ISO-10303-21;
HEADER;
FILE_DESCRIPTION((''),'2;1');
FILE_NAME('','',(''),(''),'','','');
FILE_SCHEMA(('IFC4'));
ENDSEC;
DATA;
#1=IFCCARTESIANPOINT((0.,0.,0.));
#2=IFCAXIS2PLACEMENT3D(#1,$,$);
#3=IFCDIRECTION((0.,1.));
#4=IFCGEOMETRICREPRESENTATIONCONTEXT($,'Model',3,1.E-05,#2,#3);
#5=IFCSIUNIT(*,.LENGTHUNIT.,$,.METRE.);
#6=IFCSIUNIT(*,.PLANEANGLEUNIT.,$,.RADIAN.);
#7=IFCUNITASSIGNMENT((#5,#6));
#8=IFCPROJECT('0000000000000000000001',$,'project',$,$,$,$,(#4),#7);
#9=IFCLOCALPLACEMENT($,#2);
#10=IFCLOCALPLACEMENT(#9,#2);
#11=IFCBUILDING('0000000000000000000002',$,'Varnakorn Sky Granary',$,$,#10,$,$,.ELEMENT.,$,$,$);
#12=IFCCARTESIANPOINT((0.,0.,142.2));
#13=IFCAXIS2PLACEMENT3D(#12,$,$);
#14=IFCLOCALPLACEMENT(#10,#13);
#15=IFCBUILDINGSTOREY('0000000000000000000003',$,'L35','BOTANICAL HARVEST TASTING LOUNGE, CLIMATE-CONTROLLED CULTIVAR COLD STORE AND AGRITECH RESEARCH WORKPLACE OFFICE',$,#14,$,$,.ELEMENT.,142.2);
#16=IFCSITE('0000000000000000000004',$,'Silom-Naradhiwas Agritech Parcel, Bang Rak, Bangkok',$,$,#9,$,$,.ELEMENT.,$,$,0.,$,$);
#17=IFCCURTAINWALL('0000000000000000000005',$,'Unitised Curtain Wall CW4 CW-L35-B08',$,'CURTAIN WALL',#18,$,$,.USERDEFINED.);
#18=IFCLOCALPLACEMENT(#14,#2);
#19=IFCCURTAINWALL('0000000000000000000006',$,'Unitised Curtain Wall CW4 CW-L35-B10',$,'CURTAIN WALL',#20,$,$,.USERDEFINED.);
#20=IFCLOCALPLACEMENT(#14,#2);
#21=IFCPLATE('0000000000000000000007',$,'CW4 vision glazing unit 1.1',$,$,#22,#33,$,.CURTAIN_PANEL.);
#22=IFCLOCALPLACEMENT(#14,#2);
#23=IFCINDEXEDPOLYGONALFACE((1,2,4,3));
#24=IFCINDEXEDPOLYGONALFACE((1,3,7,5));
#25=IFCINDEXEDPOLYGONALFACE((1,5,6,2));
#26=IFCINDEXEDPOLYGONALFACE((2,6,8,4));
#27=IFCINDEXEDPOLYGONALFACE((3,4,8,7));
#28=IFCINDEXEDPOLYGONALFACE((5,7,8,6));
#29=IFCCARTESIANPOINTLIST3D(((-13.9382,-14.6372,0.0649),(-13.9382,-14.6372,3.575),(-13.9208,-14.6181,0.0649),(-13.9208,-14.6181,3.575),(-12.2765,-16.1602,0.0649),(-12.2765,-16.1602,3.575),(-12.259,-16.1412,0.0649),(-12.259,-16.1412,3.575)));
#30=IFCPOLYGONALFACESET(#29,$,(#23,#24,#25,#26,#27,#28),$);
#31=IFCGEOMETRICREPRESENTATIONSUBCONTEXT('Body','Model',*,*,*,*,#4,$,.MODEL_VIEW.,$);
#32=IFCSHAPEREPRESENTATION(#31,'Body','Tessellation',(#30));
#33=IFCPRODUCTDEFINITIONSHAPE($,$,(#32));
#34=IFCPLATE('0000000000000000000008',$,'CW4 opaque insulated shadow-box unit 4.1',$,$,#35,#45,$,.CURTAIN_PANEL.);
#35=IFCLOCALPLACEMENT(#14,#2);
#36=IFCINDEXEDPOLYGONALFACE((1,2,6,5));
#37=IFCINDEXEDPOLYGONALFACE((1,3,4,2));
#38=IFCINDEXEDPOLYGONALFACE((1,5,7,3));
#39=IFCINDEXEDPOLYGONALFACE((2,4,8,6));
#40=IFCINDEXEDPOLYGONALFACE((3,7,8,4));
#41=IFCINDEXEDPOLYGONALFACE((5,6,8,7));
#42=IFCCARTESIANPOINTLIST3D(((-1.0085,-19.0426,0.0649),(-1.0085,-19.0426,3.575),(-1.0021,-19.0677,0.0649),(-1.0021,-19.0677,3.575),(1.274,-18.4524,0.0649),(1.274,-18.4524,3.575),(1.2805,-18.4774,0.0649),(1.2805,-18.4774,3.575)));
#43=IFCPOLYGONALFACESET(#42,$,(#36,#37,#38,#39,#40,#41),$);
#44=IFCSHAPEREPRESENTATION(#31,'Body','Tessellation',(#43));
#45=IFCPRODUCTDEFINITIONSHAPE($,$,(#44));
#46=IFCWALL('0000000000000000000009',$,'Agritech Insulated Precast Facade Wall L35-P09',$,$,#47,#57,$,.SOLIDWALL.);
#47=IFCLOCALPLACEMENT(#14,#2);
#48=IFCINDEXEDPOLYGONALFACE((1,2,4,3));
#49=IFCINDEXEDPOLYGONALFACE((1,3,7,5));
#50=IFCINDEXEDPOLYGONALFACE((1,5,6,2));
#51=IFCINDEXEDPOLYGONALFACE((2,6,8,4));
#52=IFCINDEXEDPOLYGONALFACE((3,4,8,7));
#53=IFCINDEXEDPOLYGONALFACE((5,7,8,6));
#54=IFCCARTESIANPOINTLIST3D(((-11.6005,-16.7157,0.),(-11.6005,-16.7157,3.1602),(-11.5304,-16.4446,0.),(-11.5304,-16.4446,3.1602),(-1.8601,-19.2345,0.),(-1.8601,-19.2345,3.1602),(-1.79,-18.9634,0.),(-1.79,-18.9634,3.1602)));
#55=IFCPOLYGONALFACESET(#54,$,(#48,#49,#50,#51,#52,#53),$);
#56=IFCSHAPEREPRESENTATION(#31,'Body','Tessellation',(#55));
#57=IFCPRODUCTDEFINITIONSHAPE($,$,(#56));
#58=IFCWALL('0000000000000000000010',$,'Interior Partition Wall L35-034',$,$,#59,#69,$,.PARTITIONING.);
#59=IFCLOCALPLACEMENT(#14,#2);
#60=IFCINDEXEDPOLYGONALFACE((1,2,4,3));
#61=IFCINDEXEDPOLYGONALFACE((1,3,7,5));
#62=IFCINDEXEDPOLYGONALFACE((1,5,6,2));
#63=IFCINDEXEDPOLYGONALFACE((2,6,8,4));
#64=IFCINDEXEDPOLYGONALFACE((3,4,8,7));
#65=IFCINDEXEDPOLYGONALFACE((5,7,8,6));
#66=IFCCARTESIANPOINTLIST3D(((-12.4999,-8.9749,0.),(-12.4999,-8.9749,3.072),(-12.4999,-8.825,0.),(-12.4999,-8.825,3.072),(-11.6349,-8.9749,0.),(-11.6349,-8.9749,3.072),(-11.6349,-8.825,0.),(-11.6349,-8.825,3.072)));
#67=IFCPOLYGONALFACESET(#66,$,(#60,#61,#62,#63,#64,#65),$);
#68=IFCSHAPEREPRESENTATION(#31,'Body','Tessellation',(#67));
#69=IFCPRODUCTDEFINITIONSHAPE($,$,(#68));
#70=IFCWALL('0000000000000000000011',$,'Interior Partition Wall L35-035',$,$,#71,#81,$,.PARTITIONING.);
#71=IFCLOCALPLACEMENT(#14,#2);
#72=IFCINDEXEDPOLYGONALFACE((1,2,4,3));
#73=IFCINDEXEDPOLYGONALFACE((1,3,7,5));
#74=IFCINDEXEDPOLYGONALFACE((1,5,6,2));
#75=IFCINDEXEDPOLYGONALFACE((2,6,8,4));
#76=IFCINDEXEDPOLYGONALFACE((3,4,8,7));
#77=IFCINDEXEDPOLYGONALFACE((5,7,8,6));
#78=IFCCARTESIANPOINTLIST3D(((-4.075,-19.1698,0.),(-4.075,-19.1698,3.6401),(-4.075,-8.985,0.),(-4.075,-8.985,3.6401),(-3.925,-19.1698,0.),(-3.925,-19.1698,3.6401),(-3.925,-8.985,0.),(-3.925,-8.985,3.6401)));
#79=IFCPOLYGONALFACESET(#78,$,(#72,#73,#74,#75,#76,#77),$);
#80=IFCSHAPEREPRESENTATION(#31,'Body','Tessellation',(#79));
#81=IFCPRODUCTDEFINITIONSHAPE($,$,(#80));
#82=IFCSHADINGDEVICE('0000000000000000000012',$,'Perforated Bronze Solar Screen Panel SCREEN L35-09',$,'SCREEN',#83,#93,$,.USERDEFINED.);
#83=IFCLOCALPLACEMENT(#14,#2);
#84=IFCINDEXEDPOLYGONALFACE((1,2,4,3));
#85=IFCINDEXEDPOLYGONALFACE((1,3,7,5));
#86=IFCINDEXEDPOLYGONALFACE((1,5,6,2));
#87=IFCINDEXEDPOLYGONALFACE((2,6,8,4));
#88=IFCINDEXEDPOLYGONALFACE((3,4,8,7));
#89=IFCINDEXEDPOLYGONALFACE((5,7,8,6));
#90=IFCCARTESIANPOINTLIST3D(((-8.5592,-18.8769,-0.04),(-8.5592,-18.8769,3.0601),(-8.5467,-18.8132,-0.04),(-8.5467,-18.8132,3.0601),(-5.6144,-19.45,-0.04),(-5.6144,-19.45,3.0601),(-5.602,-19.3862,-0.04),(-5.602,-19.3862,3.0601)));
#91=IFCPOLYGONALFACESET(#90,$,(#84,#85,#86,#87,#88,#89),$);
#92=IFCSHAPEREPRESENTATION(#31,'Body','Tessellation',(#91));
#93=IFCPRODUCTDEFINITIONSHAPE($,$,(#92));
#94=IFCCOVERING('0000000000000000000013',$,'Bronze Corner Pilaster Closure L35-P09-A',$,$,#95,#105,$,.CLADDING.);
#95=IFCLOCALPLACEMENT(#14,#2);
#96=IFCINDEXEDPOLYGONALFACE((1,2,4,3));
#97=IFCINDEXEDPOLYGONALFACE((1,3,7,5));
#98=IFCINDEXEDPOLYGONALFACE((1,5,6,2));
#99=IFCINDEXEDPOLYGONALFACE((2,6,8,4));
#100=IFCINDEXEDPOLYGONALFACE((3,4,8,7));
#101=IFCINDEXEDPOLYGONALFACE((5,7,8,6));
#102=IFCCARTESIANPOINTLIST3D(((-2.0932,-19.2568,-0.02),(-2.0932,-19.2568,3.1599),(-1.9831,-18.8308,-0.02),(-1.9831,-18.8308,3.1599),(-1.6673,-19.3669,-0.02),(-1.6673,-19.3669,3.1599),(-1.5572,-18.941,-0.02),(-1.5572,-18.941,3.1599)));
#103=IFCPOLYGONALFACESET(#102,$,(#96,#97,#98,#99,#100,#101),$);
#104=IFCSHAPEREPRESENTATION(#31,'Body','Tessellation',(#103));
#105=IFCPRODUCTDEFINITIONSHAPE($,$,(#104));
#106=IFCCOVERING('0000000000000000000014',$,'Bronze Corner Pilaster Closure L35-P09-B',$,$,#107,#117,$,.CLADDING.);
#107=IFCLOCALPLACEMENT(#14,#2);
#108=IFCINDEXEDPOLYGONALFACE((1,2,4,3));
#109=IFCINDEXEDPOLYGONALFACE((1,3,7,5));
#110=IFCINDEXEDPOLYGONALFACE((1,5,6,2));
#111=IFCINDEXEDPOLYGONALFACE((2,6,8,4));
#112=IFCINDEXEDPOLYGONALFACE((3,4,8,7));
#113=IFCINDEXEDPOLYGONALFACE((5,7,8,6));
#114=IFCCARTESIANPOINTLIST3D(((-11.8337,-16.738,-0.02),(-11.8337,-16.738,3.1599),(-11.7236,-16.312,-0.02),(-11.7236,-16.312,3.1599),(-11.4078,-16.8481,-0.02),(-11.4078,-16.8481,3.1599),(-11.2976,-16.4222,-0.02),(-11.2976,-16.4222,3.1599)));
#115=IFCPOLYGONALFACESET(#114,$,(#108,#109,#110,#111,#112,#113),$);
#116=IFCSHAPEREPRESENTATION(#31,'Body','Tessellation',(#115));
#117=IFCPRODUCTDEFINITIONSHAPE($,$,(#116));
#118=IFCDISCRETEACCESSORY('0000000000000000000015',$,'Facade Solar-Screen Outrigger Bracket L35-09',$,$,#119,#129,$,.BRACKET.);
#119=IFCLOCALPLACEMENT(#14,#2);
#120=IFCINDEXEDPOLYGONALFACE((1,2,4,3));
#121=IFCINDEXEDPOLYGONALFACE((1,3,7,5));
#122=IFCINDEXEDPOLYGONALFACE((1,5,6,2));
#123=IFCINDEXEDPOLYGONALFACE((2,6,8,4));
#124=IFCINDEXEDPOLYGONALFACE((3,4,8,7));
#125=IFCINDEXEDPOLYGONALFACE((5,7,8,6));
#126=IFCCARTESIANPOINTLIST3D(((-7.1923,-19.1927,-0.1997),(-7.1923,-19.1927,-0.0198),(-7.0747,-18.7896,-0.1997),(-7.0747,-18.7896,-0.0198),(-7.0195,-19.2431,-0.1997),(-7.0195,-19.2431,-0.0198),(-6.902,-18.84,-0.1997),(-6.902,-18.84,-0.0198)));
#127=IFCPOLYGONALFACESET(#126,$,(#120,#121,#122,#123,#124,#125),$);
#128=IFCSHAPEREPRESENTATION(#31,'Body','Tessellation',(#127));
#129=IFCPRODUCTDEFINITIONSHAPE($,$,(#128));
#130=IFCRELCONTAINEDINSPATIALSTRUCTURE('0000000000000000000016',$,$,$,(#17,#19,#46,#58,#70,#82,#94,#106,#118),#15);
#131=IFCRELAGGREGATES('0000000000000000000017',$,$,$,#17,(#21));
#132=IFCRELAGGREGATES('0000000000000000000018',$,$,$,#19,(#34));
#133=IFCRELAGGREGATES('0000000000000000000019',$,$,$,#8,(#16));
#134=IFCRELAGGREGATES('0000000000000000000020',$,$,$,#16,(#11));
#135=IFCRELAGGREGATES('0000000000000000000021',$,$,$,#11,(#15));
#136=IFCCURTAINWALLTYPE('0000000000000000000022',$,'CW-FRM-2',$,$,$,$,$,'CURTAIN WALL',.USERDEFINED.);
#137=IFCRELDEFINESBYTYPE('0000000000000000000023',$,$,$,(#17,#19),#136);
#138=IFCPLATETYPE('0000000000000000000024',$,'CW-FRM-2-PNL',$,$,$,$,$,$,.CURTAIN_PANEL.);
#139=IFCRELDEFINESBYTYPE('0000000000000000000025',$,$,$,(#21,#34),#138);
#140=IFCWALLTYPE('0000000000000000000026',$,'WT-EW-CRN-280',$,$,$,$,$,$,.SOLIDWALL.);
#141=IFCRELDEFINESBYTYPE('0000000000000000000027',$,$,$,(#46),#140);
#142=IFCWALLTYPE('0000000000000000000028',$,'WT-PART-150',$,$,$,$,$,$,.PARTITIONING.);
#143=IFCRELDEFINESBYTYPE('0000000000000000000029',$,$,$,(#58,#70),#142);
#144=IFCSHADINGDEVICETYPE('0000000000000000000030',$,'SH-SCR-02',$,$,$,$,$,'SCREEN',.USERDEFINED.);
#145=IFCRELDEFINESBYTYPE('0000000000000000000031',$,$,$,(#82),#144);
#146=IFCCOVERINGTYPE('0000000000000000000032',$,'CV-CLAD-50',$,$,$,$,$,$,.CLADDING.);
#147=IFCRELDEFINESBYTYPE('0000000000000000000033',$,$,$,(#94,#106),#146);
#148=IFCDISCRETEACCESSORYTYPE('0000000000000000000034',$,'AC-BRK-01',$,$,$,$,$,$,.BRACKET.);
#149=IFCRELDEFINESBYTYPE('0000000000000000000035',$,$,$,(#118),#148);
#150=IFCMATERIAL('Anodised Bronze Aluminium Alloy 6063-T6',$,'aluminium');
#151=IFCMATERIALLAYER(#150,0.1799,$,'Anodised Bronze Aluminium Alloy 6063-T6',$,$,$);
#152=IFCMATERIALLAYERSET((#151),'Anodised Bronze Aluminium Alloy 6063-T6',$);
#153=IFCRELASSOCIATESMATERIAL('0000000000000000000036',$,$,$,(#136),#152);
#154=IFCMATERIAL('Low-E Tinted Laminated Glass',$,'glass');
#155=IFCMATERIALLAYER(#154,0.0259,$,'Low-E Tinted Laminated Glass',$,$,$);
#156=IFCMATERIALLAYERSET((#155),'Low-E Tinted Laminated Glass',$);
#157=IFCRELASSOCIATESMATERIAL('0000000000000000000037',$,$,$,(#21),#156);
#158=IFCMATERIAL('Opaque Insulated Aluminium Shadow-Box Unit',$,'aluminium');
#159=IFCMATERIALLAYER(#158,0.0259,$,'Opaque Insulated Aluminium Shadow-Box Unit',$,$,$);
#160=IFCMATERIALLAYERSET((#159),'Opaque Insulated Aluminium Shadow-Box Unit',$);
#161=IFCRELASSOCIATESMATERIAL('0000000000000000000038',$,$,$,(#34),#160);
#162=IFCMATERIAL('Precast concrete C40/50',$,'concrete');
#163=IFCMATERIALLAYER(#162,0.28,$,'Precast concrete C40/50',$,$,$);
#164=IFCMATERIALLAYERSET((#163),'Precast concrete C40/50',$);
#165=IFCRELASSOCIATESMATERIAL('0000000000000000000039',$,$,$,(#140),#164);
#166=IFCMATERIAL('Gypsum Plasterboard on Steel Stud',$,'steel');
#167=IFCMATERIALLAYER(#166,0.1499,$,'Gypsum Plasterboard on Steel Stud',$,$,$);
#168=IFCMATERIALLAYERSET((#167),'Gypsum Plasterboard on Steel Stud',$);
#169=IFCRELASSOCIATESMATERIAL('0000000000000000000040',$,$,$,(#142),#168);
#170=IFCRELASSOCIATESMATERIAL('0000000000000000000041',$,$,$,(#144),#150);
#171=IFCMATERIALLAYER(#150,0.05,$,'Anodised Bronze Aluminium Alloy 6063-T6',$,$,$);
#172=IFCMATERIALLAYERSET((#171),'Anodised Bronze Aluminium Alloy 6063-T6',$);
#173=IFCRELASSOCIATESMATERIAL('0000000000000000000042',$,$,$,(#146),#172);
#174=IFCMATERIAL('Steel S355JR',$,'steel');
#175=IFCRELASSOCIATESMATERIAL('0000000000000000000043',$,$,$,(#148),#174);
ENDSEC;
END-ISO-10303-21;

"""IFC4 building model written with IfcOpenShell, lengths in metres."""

from ifc_helpers import new_model, si_unit, direction, frame, frame_2d, origin, origin_2d, place, context, subcontext, project, spatial, rectangle, extrude, source, transform, mapped, material, layer, layer_set, type_object, type_shapes, element, aggregate, save


model = new_model("IFC4")

# Units and contexts
model_context = context("Model", 3, precision=1e-05, world=origin(), true_north=direction((0.0, 1.0)))
body_context = subcontext(model_context, "Body", "Model", "MODEL_VIEW")
ifc_project = project(units=[si_unit("LENGTHUNIT", "METRE"), si_unit("PLANEANGLEUNIT", "RADIAN")], contexts=[model_context])

# Site, building, storey
site_placement = place(None, origin())
site = spatial("IfcSite", under=ifc_project, at=site_placement, Name="Silom-Naradhiwas Agritech Parcel, Bang Rak, Bangkok", CompositionType="ELEMENT", RefElevation=0.0)
building_placement = place(site_placement, origin())
building = spatial("IfcBuilding", under=site, at=building_placement, Name="Varnakorn Sky Granary", CompositionType="ELEMENT")
storey_placement = place(building_placement, frame((0.0, 0.0, 142.2)))
storey = spatial("IfcBuildingStorey", under=building, at=storey_placement, Name="L35", Description="BOTANICAL HARVEST TASTING LOUNGE, CLIMATE-CONTROLLED CULTIVAR COLD STORE AND AGRITECH RESEARCH WORKPLACE OFFICE", CompositionType="ELEMENT", Elevation=142.2)

# Shared definitions
ifc_material_1 = material(Name="Steel S355JR", Category="steel")

# Curtain walls
ifc_material_2 = material(Name="Anodised Bronze Aluminium Alloy 6063-T6", Category="aluminium")
ifc_layer_1 = layer(ifc_material_2, 0.1799, Name="Anodised Bronze Aluminium Alloy 6063-T6")
ifc_layer_set_1 = layer_set([ifc_layer_1], Name="Anodised Bronze Aluminium Alloy 6063-T6")
curtain_wall_type = type_object("IfcCurtainWallType", Name="CW-FRM-2", ElementType="CURTAIN WALL", PredefinedType="USERDEFINED", material=ifc_layer_set_1)
curtain_wall_1_placement = place(storey_placement, origin())
curtain_wall_1 = element("IfcCurtainWall", 1, at=curtain_wall_1_placement, inside=storey, type_object=curtain_wall_type, Name="Unitised Curtain Wall CW4 CW-L35-B08", ObjectType="CURTAIN WALL", PredefinedType="USERDEFINED")
curtain_wall_2_placement = place(storey_placement, origin())
curtain_wall_2 = element("IfcCurtainWall", 2, at=curtain_wall_2_placement, inside=storey, type_object=curtain_wall_type, Name="Unitised Curtain Wall CW4 CW-L35-B10", ObjectType="CURTAIN WALL", PredefinedType="USERDEFINED")

# Plates
ifc_material_3 = material(Name="Low-E Tinted Laminated Glass", Category="glass")
ifc_layer_2 = layer(ifc_material_3, 0.0259, Name="Low-E Tinted Laminated Glass")
ifc_layer_set_2 = layer_set([ifc_layer_2], Name="Low-E Tinted Laminated Glass")
plate_type = type_object("IfcPlateType", Name="CW-FRM-2-PNL", PredefinedType="CURTAIN_PANEL")
shared_shape_1 = source(origin(), body_context, "Body", "SweptSolid", [
    extrude(rectangle(XDim=2.2542, YDim=0.0259, at=origin_2d()), origin(), (0.0, 0.0, 1.0), 3.51),
])
plate_1_placement = place(storey_placement, frame((-13.0986, -15.3892, 0.0649), z_axis=(0.0, 0.0, 1.0), x_axis=(-0.737191, 0.675685, 0.0)))
plate_1 = element("IfcPlate", 3, at=plate_1_placement, type_object=plate_type, material=ifc_layer_set_2, Name="CW4 vision glazing unit 1.1", PredefinedType="CURTAIN_PANEL", context=body_context, shape_type="MappedRepresentation", body=[
    mapped(shared_shape_1, transform((0.0, 0.0, 0.0), x_axis=(1.0, 0.0, 0.0), y_axis=(0.0, 1.0, 0.0), z_axis=(0.0, 0.0, 1.0), scale=1.0)),
])
aggregate(curtain_wall_1, [plate_1])
ifc_material_4 = material(Name="Opaque Insulated Aluminium Shadow-Box Unit", Category="aluminium")
ifc_layer_3 = layer(ifc_material_4, 0.0259, Name="Opaque Insulated Aluminium Shadow-Box Unit")
ifc_layer_set_3 = layer_set([ifc_layer_3], Name="Opaque Insulated Aluminium Shadow-Box Unit")
shared_shape_2 = source(origin(), body_context, "Body", "SweptSolid", [
    extrude(rectangle(XDim=2.3577, YDim=0.0259, at=origin_2d()), origin(), (0.0, 0.0, 1.0), 3.51),
])
type_shapes(plate_type, [shared_shape_1, shared_shape_2])
plate_2_placement = place(storey_placement, frame((0.136, -18.76, 0.0649), z_axis=(0.0, 0.0, 1.0), x_axis=(-0.968156, -0.250348, 0.0)))
plate_2 = element("IfcPlate", 4, at=plate_2_placement, type_object=plate_type, material=ifc_layer_set_3, Name="CW4 opaque insulated shadow-box unit 4.1", PredefinedType="CURTAIN_PANEL", context=body_context, shape_type="MappedRepresentation", body=[
    mapped(shared_shape_2, transform((0.0, 0.0, 0.0), x_axis=(1.0, 0.0, 0.0), y_axis=(0.0, 1.0, 0.0), z_axis=(0.0, 0.0, 1.0), scale=1.0)),
])
aggregate(curtain_wall_2, [plate_2])

# Walls
ifc_material_5 = material(Name="Precast concrete C40/50", Category="concrete")
ifc_layer_4 = layer(ifc_material_5, 0.28, Name="Precast concrete C40/50")
ifc_layer_set_4 = layer_set([ifc_layer_4], Name="Precast concrete C40/50")
wall_type_1 = type_object("IfcWallType", Name="WT-EW-CRN-280", PredefinedType="SOLIDWALL", material=ifc_layer_set_4)
wall_1_placement = place(storey_placement, frame((-1.8252, -19.0989, 0.0), z_axis=(0.0, 0.0, 1.0), x_axis=(-0.968154, 0.250356, 0.0)))
element("IfcWall", 5, at=wall_1_placement, inside=storey, type_object=wall_type_1, Name="Agritech Insulated Precast Facade Wall L35-P09", PredefinedType="SOLIDWALL", context=body_context, shape_type="SweptSolid", body=[
    extrude(rectangle(XDim=10.0608, YDim=0.28, at=frame_2d((5.0303, 0.0))), origin(), (0.0, 0.0, 1.0), 3.1602),
])
ifc_material_6 = material(Name="Gypsum Plasterboard on Steel Stud", Category="steel")
ifc_layer_5 = layer(ifc_material_6, 0.1499, Name="Gypsum Plasterboard on Steel Stud")
ifc_layer_set_5 = layer_set([ifc_layer_5], Name="Gypsum Plasterboard on Steel Stud")
wall_type_2 = type_object("IfcWallType", Name="WT-PART-150", PredefinedType="PARTITIONING", material=ifc_layer_set_5)
wall_2_placement = place(storey_placement, frame((-12.5, -8.8999, 0.0), z_axis=(0.0, 0.0, 1.0), x_axis=(1.0, 0.0, 0.0)))
element("IfcWall", 6, at=wall_2_placement, inside=storey, type_object=wall_type_2, Name="Interior Partition Wall L35-034", PredefinedType="PARTITIONING", context=body_context, shape_type="SweptSolid", body=[
    extrude(rectangle(XDim=0.865, YDim=0.1499, at=frame_2d((0.4326, 0.0))), origin(), (0.0, 0.0, 1.0), 3.072),
])
wall_3_placement = place(storey_placement, frame((-4.0, -8.9851, 0.0), z_axis=(0.0, 0.0, 1.0), x_axis=(0.0, -1.0, 0.0)))
element("IfcWall", 7, at=wall_3_placement, inside=storey, type_object=wall_type_2, Name="Interior Partition Wall L35-035", PredefinedType="PARTITIONING", context=body_context, shape_type="SweptSolid", body=[
    extrude(rectangle(XDim=10.1848, YDim=0.1499, at=frame_2d((5.0923, 0.0))), origin(), (0.0, 0.0, 1.0), 3.6401),
])

# Shading device
shading_device_type = type_object("IfcShadingDeviceType", Name="SH-SCR-02", ElementType="SCREEN", PredefinedType="USERDEFINED", material=ifc_material_2)
shared_shape_3 = source(origin(), body_context, "Body", "SweptSolid", [
    extrude(rectangle(XDim=3.0, YDim=0.0649, at=origin_2d()), origin(), (0.0, 0.0, 1.0), 3.1001),
])
type_shapes(shading_device_type, [shared_shape_3])
shading_device_placement = place(storey_placement, frame((-7.0806, -19.1316, -0.04), z_axis=(0.0, 0.0, 1.0), x_axis=(0.981588, -0.19101, 0.0)))
element("IfcShadingDevice", 8, at=shading_device_placement, inside=storey, type_object=shading_device_type, Name="Perforated Bronze Solar Screen Panel SCREEN L35-09", ObjectType="SCREEN", PredefinedType="USERDEFINED", context=body_context, shape_type="MappedRepresentation", body=[
    mapped(shared_shape_3, transform((0.0, 0.0, 0.0), x_axis=(1.0, 0.0, 0.0), y_axis=(0.0, 1.0, 0.0), z_axis=(0.0, 0.0, 1.0), scale=1.0)),
])

# Coverings
ifc_layer_6 = layer(ifc_material_2, 0.05, Name="Anodised Bronze Aluminium Alloy 6063-T6")
ifc_layer_set_6 = layer_set([ifc_layer_6], Name="Anodised Bronze Aluminium Alloy 6063-T6")
covering_type = type_object("IfcCoveringType", Name="CV-CLAD-50", PredefinedType="CLADDING", material=ifc_layer_set_6)
shared_shape_4 = source(origin(), body_context, "Body", "SweptSolid", [
    extrude(rectangle(XDim=0.4399, YDim=0.4399, at=origin_2d()), origin(), (0.0, 0.0, 1.0), 3.1799),
])
type_shapes(covering_type, [shared_shape_4])
for number, where, z_axis, x_axis, name in (
    (9, (-1.8252, -19.0989, -0.02), (0.0, 0.0, 1.0), (-0.968148, 0.25038, 0.0), "Bronze Corner Pilaster Closure L35-P09-A"),
    (10, (-11.5657, -16.5801, -0.02), (0.0, 0.0, 1.0), (-0.968148, 0.25038, 0.0), "Bronze Corner Pilaster Closure L35-P09-B"),
):
    element("IfcCovering", number, at=place(storey_placement, frame(where, z_axis=z_axis, x_axis=x_axis)), inside=storey, type_object=covering_type, Name=name, PredefinedType="CLADDING", context=body_context, shape_type="MappedRepresentation", body=[
        mapped(shared_shape_4, transform((0.0, 0.0, 0.0), x_axis=(1.0, 0.0, 0.0), y_axis=(0.0, 1.0, 0.0), z_axis=(0.0, 0.0, 1.0), scale=1.0)),
    ])

# Discrete accessory
discrete_accessory_type = type_object("IfcDiscreteAccessoryType", Name="AC-BRK-01", PredefinedType="BRACKET", material=ifc_material_1)
shared_shape_5 = source(origin(), body_context, "Body", "SweptSolid", [
    extrude(rectangle(XDim=0.1799, YDim=0.4199, at=origin_2d()), origin(), (0.0, 0.0, 1.0), 0.1799),
])
type_shapes(discrete_accessory_type, [shared_shape_5])
discrete_accessory_placement = place(storey_placement, frame((-7.0471, -19.0164, -0.1997), z_axis=(0.0, 0.0, 1.0), x_axis=(0.959992, -0.280026, 0.0)))
element("IfcDiscreteAccessory", 11, at=discrete_accessory_placement, inside=storey, type_object=discrete_accessory_type, Name="Facade Solar-Screen Outrigger Bracket L35-09", PredefinedType="BRACKET", context=body_context, shape_type="MappedRepresentation", body=[
    mapped(shared_shape_5, transform((0.0, 0.0, 0.0), x_axis=(1.0, 0.0, 0.0), y_axis=(0.0, 1.0, 0.0), z_axis=(0.0, 0.0, 1.0), scale=1.0)),
])

save(model, "model.ifc")
